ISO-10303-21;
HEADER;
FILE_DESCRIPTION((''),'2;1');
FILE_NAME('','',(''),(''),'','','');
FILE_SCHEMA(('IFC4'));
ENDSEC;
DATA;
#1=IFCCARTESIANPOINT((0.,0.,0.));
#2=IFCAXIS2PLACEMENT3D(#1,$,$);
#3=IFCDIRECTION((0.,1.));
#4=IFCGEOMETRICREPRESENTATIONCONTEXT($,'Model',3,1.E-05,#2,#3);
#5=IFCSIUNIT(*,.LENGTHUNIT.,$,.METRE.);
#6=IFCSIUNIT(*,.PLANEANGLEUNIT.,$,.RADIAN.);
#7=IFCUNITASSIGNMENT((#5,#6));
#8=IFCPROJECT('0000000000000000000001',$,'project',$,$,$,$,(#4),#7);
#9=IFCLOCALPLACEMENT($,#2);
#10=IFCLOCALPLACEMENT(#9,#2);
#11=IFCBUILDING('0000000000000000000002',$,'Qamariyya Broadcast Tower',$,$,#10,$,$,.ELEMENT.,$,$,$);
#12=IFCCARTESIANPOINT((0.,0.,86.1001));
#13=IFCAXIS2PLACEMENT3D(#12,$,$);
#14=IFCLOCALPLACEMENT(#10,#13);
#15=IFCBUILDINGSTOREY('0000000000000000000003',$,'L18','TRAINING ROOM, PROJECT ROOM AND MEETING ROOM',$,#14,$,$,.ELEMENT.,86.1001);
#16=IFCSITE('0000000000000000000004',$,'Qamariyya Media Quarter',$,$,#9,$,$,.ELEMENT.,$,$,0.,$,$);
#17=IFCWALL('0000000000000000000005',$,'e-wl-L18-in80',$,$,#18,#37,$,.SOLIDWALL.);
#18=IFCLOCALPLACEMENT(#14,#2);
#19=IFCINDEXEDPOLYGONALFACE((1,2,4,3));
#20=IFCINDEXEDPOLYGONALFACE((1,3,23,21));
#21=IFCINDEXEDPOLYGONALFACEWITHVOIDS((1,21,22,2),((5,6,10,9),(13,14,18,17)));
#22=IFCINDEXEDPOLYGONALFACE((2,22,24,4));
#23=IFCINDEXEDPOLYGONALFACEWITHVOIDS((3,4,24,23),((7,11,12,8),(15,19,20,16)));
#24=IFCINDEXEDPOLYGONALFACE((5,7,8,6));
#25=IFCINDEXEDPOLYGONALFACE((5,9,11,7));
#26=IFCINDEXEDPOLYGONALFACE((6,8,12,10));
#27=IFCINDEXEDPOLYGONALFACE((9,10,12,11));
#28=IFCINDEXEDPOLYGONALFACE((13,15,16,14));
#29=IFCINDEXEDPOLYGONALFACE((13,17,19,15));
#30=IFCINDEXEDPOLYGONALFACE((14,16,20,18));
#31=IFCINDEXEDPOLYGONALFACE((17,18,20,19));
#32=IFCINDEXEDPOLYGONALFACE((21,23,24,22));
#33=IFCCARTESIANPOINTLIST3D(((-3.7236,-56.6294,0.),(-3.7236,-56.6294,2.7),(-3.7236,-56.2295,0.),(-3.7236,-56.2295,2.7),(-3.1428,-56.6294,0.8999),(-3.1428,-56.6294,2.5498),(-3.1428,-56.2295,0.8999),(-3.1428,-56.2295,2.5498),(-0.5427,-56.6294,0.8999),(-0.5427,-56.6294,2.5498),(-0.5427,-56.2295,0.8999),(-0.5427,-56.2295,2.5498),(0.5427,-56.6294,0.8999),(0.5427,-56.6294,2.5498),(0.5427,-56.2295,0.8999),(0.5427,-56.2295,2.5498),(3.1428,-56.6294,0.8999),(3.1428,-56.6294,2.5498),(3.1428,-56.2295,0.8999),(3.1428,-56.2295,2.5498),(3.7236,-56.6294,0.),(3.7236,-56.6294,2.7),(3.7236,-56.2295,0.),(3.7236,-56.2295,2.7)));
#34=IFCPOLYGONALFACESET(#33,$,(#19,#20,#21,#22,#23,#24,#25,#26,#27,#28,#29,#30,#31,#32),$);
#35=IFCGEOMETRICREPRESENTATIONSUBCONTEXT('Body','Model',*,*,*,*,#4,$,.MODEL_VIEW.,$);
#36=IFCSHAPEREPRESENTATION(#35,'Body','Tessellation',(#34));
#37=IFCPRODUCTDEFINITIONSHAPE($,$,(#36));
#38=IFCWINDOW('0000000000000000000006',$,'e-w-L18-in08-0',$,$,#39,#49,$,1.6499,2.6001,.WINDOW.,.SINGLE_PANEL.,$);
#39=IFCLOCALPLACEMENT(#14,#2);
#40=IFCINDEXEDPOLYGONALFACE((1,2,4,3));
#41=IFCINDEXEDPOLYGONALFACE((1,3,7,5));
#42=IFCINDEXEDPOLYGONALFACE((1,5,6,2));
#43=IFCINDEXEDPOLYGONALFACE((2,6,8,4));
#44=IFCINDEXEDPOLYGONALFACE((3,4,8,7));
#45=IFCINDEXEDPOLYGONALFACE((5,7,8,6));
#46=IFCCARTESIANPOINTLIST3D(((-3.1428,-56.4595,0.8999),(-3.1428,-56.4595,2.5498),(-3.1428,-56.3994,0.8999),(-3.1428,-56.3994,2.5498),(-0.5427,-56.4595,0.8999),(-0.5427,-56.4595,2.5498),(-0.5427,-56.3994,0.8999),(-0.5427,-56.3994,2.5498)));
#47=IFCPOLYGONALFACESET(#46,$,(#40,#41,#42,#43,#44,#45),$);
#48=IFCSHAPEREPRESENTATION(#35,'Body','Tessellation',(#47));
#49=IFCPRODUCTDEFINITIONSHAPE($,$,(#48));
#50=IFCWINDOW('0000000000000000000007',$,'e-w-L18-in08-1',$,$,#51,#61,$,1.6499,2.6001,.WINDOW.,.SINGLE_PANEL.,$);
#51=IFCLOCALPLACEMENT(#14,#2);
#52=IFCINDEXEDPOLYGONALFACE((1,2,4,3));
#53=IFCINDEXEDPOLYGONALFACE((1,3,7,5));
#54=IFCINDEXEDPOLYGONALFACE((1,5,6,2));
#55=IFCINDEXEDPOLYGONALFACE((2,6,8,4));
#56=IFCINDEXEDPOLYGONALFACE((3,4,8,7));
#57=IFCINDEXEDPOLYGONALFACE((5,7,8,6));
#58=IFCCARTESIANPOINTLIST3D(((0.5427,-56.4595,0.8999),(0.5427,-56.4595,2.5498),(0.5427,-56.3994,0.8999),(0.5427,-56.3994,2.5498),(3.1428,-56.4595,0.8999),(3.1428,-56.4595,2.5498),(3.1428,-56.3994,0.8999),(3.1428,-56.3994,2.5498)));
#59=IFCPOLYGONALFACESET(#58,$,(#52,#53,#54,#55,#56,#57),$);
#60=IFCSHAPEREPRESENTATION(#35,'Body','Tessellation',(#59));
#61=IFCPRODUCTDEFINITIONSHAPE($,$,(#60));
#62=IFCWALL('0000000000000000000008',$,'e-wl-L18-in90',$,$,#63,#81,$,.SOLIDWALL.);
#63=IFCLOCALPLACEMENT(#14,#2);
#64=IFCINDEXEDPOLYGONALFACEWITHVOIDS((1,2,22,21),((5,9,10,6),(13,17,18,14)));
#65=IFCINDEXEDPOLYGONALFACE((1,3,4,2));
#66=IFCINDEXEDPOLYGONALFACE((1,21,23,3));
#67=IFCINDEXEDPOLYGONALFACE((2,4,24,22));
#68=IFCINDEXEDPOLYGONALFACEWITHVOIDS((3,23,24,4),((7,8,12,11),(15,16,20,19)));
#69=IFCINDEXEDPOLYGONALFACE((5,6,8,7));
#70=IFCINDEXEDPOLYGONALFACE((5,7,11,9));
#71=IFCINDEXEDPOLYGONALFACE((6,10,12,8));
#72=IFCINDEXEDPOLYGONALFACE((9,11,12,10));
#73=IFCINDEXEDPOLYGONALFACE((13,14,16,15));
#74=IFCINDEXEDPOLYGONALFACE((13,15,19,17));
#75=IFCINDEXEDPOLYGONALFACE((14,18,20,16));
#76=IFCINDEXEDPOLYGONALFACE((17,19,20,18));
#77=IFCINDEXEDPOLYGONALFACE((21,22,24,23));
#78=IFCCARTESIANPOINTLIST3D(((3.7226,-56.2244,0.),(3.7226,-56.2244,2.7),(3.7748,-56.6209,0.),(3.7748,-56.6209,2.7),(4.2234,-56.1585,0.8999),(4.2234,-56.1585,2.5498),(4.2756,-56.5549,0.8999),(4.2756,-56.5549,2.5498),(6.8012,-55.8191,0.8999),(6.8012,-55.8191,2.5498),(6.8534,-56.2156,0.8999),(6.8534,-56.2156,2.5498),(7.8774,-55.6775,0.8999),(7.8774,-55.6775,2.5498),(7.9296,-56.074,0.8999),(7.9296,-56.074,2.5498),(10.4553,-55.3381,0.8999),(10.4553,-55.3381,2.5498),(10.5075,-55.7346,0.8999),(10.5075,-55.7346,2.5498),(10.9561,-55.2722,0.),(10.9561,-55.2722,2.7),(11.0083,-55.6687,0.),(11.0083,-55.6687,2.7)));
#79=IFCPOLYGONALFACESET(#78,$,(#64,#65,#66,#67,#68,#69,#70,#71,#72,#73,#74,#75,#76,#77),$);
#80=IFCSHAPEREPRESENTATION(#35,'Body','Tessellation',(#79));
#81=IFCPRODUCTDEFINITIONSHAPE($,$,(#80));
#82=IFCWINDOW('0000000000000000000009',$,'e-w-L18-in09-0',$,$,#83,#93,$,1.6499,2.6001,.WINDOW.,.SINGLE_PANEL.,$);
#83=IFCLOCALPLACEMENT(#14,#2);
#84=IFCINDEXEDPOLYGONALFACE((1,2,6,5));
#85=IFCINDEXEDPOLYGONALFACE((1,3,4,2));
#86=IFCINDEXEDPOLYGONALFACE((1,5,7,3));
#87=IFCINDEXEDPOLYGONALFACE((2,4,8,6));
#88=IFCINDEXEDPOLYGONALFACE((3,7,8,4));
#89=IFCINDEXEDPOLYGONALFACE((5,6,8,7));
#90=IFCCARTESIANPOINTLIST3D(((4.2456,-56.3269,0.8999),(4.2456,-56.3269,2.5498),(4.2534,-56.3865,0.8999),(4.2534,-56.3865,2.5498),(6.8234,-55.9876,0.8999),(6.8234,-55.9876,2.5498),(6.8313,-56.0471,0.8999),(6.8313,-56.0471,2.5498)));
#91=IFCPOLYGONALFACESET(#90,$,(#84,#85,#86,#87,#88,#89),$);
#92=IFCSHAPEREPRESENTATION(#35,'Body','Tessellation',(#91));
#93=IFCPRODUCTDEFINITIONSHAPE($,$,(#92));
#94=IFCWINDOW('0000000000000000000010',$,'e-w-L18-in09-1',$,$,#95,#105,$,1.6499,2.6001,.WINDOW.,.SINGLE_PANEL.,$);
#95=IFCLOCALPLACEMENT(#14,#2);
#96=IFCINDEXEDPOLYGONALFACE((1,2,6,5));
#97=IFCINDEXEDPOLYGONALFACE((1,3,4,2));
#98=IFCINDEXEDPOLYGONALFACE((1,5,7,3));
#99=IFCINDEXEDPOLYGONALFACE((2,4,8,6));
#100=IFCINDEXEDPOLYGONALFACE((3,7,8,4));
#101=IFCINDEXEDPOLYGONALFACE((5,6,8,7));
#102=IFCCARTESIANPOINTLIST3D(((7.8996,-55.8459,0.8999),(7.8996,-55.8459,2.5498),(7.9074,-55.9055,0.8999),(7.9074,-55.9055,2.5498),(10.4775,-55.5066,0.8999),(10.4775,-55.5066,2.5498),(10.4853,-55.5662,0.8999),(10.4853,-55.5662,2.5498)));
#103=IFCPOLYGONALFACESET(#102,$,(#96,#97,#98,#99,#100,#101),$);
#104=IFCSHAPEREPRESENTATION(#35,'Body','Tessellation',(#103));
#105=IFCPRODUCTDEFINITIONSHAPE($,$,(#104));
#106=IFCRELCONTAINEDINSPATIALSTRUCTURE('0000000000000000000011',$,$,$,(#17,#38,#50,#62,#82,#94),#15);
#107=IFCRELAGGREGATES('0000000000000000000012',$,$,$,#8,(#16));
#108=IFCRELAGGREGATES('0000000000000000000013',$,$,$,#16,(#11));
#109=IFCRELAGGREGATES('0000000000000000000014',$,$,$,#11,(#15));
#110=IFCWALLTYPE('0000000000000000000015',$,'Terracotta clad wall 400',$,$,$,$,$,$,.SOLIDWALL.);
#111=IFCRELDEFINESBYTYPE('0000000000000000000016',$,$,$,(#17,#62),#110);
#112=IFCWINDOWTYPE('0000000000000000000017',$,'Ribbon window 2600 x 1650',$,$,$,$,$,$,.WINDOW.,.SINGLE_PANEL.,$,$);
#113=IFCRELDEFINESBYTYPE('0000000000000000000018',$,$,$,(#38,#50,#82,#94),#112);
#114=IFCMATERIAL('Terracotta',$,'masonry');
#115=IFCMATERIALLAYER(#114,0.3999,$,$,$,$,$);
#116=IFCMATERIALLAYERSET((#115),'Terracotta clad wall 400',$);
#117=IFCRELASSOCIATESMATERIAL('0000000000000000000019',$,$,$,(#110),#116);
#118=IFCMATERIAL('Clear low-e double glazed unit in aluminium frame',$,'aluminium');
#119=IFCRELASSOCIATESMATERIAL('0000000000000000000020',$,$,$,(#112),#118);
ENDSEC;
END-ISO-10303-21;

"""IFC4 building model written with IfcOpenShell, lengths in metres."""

from ifc_helpers import new_model, si_unit, direction, frame, frame_2d, origin, place, context, subcontext, project, spatial, rectangle, extrude, material, layer, layer_set, type_object, element, fill, save


model = new_model("IFC4")

# Units and contexts
model_context = context("Model", 3, precision=1e-05, world=origin(), true_north=direction((0.0, 1.0)))
body_context = subcontext(model_context, "Body", "Model", "MODEL_VIEW")
ifc_project = project(units=[si_unit("LENGTHUNIT", "METRE"), si_unit("PLANEANGLEUNIT", "RADIAN")], contexts=[model_context])

# Site, building, storey
site_placement = place(None, origin())
site = spatial("IfcSite", under=ifc_project, at=site_placement, Name="Qamariyya Media Quarter", CompositionType="ELEMENT", RefElevation=0.0)
building_placement = place(site_placement, origin())
building = spatial("IfcBuilding", under=site, at=building_placement, Name="Qamariyya Broadcast Tower", CompositionType="ELEMENT")
storey_placement = place(building_placement, frame((0.0, 0.0, 86.1001)))
storey = spatial("IfcBuildingStorey", under=building, at=storey_placement, Name="L18", Description="TRAINING ROOM, PROJECT ROOM AND MEETING ROOM", CompositionType="ELEMENT", Elevation=86.1001)

# Walls, openings, windows
ifc_material_1 = material(Name="Terracotta", Category="masonry")
ifc_layer_1 = layer(ifc_material_1, 0.3999)
ifc_layer_set_1 = layer_set([ifc_layer_1], Name="Terracotta clad wall 400")
wall_type_1 = type_object("IfcWallType", Name="Terracotta clad wall 400", PredefinedType="SOLIDWALL", material=ifc_layer_set_1)
ifc_material_2 = material(Name="Clear low-e double glazed unit in aluminium frame", Category="aluminium")
window_type = type_object("IfcWindowType", Name="Ribbon window 2600 x 1650", PartitioningType="SINGLE_PANEL", PredefinedType="WINDOW", material=ifc_material_2)
wall_1_placement = place(storey_placement, frame((3.7236, -56.4294, 0.0), z_axis=(0.0, 0.0, 1.0), x_axis=(-1.0, 0.0, 0.0)))
wall_1 = element("IfcWall", 1, at=wall_1_placement, inside=storey, type_object=wall_type_1, Name="e-wl-L18-in80", PredefinedType="SOLIDWALL", context=body_context, shape_type="SweptSolid", body=[
    extrude(rectangle(XDim=7.4473, YDim=0.3999, at=frame_2d((3.7236, 0.0))), origin(), (0.0, 0.0, 1.0), 2.7),
])
opening_1_placement = place(wall_1_placement, frame((4.2664, 0.0, 0.8999)))
opening_1 = element("IfcOpeningElement", 2, at=opening_1_placement, cuts=wall_1, PredefinedType="OPENING", context=body_context, shape_type="SweptSolid", body=[
    extrude(rectangle(XDim=2.6001, YDim=1.6499, at=frame_2d((1.3, 0.825))), frame((0.0, 0.21, 0.0), z_axis=(0.0, -1.0, 0.0), x_axis=(1.0, 0.0, 0.0)), (0.0, 0.0, 1.0), 0.4199),
])
opening_2_placement = place(wall_1_placement, frame((0.5808, 0.0, 0.8999)))
opening_2 = element("IfcOpeningElement", 3, at=opening_2_placement, cuts=wall_1, PredefinedType="OPENING", context=body_context, shape_type="SweptSolid", body=[
    extrude(rectangle(XDim=2.6001, YDim=1.6499, at=frame_2d((1.3, 0.825))), frame((0.0, 0.21, 0.0), z_axis=(0.0, -1.0, 0.0), x_axis=(1.0, 0.0, 0.0)), (0.0, 0.0, 1.0), 0.4199),
])
window_1_placement = place(opening_1_placement, origin())
window_1 = element("IfcWindow", 4, at=window_1_placement, inside=storey, type_object=window_type, Name="e-w-L18-in08-0", OverallHeight=1.6499, OverallWidth=2.6001, PartitioningType="SINGLE_PANEL", PredefinedType="WINDOW", context=body_context, shape_type="SweptSolid", body=[
    extrude(rectangle(XDim=2.6001, YDim=1.6499, at=frame_2d((1.3, 0.825))), frame((0.0, 0.03, 0.0), z_axis=(0.0, -1.0, 0.0), x_axis=(1.0, 0.0, 0.0)), (0.0, 0.0, 1.0), 0.0601),
])
fill(opening_1, window_1)
window_2_placement = place(opening_2_placement, origin())
window_2 = element("IfcWindow", 5, at=window_2_placement, inside=storey, type_object=window_type, Name="e-w-L18-in08-1", OverallHeight=1.6499, OverallWidth=2.6001, PartitioningType="SINGLE_PANEL", PredefinedType="WINDOW", context=body_context, shape_type="SweptSolid", body=[
    extrude(rectangle(XDim=2.6001, YDim=1.6499, at=frame_2d((1.3, 0.825))), frame((0.0, 0.03, 0.0), z_axis=(0.0, -1.0, 0.0), x_axis=(1.0, 0.0, 0.0)), (0.0, 0.0, 1.0), 0.0601),
])
fill(opening_2, window_2)
wall_2_placement = place(storey_placement, frame((10.9822, -55.4705, 0.0), z_axis=(0.0, 0.0, 1.0), x_axis=(-0.991447, -0.130506, 0.0)))
wall_2 = element("IfcWall", 6, at=wall_2_placement, inside=storey, type_object=wall_type_1, Name="e-wl-L18-in90", PredefinedType="SOLIDWALL", context=body_context, shape_type="SweptSolid", body=[
    extrude(rectangle(XDim=7.2959, YDim=0.3999, at=frame_2d((3.6479, 0.0))), origin(), (0.0, 0.0, 1.0), 2.7),
])
opening_3_placement = place(wall_2_placement, frame((4.1907, 0.0, 0.8999)))
opening_3 = element("IfcOpeningElement", 7, at=opening_3_placement, cuts=wall_2, PredefinedType="OPENING", context=body_context, shape_type="SweptSolid", body=[
    extrude(rectangle(XDim=2.6001, YDim=1.6499, at=frame_2d((1.3, 0.825))), frame((0.0, 0.21, 0.0), z_axis=(0.0, -1.0, 0.0), x_axis=(1.0, 0.0, 0.0)), (0.0, 0.0, 1.0), 0.4199),
])
opening_4_placement = place(wall_2_placement, frame((0.5051, 0.0, 0.8999)))
opening_4 = element("IfcOpeningElement", 8, at=opening_4_placement, cuts=wall_2, PredefinedType="OPENING", context=body_context, shape_type="SweptSolid", body=[
    extrude(rectangle(XDim=2.6001, YDim=1.6499, at=frame_2d((1.3, 0.825))), frame((0.0, 0.21, 0.0), z_axis=(0.0, -1.0, 0.0), x_axis=(1.0, 0.0, 0.0)), (0.0, 0.0, 1.0), 0.4199),
])
window_3_placement = place(opening_3_placement, origin())
window_3 = element("IfcWindow", 9, at=window_3_placement, inside=storey, type_object=window_type, Name="e-w-L18-in09-0", OverallHeight=1.6499, OverallWidth=2.6001, PartitioningType="SINGLE_PANEL", PredefinedType="WINDOW", context=body_context, shape_type="SweptSolid", body=[
    extrude(rectangle(XDim=2.6001, YDim=1.6499, at=frame_2d((1.3, 0.825))), frame((0.0, 0.03, 0.0), z_axis=(0.0, -1.0, 0.0), x_axis=(1.0, 0.0, 0.0)), (0.0, 0.0, 1.0), 0.0601),
])
fill(opening_3, window_3)
window_4_placement = place(opening_4_placement, origin())
window_4 = element("IfcWindow", 10, at=window_4_placement, inside=storey, type_object=window_type, Name="e-w-L18-in09-1", OverallHeight=1.6499, OverallWidth=2.6001, PartitioningType="SINGLE_PANEL", PredefinedType="WINDOW", context=body_context, shape_type="SweptSolid", body=[
    extrude(rectangle(XDim=2.6001, YDim=1.6499, at=frame_2d((1.3, 0.825))), frame((0.0, 0.03, 0.0), z_axis=(0.0, -1.0, 0.0), x_axis=(1.0, 0.0, 0.0)), (0.0, 0.0, 1.0), 0.0601),
])
fill(opening_4, window_4)

save(model, "model.ifc")
